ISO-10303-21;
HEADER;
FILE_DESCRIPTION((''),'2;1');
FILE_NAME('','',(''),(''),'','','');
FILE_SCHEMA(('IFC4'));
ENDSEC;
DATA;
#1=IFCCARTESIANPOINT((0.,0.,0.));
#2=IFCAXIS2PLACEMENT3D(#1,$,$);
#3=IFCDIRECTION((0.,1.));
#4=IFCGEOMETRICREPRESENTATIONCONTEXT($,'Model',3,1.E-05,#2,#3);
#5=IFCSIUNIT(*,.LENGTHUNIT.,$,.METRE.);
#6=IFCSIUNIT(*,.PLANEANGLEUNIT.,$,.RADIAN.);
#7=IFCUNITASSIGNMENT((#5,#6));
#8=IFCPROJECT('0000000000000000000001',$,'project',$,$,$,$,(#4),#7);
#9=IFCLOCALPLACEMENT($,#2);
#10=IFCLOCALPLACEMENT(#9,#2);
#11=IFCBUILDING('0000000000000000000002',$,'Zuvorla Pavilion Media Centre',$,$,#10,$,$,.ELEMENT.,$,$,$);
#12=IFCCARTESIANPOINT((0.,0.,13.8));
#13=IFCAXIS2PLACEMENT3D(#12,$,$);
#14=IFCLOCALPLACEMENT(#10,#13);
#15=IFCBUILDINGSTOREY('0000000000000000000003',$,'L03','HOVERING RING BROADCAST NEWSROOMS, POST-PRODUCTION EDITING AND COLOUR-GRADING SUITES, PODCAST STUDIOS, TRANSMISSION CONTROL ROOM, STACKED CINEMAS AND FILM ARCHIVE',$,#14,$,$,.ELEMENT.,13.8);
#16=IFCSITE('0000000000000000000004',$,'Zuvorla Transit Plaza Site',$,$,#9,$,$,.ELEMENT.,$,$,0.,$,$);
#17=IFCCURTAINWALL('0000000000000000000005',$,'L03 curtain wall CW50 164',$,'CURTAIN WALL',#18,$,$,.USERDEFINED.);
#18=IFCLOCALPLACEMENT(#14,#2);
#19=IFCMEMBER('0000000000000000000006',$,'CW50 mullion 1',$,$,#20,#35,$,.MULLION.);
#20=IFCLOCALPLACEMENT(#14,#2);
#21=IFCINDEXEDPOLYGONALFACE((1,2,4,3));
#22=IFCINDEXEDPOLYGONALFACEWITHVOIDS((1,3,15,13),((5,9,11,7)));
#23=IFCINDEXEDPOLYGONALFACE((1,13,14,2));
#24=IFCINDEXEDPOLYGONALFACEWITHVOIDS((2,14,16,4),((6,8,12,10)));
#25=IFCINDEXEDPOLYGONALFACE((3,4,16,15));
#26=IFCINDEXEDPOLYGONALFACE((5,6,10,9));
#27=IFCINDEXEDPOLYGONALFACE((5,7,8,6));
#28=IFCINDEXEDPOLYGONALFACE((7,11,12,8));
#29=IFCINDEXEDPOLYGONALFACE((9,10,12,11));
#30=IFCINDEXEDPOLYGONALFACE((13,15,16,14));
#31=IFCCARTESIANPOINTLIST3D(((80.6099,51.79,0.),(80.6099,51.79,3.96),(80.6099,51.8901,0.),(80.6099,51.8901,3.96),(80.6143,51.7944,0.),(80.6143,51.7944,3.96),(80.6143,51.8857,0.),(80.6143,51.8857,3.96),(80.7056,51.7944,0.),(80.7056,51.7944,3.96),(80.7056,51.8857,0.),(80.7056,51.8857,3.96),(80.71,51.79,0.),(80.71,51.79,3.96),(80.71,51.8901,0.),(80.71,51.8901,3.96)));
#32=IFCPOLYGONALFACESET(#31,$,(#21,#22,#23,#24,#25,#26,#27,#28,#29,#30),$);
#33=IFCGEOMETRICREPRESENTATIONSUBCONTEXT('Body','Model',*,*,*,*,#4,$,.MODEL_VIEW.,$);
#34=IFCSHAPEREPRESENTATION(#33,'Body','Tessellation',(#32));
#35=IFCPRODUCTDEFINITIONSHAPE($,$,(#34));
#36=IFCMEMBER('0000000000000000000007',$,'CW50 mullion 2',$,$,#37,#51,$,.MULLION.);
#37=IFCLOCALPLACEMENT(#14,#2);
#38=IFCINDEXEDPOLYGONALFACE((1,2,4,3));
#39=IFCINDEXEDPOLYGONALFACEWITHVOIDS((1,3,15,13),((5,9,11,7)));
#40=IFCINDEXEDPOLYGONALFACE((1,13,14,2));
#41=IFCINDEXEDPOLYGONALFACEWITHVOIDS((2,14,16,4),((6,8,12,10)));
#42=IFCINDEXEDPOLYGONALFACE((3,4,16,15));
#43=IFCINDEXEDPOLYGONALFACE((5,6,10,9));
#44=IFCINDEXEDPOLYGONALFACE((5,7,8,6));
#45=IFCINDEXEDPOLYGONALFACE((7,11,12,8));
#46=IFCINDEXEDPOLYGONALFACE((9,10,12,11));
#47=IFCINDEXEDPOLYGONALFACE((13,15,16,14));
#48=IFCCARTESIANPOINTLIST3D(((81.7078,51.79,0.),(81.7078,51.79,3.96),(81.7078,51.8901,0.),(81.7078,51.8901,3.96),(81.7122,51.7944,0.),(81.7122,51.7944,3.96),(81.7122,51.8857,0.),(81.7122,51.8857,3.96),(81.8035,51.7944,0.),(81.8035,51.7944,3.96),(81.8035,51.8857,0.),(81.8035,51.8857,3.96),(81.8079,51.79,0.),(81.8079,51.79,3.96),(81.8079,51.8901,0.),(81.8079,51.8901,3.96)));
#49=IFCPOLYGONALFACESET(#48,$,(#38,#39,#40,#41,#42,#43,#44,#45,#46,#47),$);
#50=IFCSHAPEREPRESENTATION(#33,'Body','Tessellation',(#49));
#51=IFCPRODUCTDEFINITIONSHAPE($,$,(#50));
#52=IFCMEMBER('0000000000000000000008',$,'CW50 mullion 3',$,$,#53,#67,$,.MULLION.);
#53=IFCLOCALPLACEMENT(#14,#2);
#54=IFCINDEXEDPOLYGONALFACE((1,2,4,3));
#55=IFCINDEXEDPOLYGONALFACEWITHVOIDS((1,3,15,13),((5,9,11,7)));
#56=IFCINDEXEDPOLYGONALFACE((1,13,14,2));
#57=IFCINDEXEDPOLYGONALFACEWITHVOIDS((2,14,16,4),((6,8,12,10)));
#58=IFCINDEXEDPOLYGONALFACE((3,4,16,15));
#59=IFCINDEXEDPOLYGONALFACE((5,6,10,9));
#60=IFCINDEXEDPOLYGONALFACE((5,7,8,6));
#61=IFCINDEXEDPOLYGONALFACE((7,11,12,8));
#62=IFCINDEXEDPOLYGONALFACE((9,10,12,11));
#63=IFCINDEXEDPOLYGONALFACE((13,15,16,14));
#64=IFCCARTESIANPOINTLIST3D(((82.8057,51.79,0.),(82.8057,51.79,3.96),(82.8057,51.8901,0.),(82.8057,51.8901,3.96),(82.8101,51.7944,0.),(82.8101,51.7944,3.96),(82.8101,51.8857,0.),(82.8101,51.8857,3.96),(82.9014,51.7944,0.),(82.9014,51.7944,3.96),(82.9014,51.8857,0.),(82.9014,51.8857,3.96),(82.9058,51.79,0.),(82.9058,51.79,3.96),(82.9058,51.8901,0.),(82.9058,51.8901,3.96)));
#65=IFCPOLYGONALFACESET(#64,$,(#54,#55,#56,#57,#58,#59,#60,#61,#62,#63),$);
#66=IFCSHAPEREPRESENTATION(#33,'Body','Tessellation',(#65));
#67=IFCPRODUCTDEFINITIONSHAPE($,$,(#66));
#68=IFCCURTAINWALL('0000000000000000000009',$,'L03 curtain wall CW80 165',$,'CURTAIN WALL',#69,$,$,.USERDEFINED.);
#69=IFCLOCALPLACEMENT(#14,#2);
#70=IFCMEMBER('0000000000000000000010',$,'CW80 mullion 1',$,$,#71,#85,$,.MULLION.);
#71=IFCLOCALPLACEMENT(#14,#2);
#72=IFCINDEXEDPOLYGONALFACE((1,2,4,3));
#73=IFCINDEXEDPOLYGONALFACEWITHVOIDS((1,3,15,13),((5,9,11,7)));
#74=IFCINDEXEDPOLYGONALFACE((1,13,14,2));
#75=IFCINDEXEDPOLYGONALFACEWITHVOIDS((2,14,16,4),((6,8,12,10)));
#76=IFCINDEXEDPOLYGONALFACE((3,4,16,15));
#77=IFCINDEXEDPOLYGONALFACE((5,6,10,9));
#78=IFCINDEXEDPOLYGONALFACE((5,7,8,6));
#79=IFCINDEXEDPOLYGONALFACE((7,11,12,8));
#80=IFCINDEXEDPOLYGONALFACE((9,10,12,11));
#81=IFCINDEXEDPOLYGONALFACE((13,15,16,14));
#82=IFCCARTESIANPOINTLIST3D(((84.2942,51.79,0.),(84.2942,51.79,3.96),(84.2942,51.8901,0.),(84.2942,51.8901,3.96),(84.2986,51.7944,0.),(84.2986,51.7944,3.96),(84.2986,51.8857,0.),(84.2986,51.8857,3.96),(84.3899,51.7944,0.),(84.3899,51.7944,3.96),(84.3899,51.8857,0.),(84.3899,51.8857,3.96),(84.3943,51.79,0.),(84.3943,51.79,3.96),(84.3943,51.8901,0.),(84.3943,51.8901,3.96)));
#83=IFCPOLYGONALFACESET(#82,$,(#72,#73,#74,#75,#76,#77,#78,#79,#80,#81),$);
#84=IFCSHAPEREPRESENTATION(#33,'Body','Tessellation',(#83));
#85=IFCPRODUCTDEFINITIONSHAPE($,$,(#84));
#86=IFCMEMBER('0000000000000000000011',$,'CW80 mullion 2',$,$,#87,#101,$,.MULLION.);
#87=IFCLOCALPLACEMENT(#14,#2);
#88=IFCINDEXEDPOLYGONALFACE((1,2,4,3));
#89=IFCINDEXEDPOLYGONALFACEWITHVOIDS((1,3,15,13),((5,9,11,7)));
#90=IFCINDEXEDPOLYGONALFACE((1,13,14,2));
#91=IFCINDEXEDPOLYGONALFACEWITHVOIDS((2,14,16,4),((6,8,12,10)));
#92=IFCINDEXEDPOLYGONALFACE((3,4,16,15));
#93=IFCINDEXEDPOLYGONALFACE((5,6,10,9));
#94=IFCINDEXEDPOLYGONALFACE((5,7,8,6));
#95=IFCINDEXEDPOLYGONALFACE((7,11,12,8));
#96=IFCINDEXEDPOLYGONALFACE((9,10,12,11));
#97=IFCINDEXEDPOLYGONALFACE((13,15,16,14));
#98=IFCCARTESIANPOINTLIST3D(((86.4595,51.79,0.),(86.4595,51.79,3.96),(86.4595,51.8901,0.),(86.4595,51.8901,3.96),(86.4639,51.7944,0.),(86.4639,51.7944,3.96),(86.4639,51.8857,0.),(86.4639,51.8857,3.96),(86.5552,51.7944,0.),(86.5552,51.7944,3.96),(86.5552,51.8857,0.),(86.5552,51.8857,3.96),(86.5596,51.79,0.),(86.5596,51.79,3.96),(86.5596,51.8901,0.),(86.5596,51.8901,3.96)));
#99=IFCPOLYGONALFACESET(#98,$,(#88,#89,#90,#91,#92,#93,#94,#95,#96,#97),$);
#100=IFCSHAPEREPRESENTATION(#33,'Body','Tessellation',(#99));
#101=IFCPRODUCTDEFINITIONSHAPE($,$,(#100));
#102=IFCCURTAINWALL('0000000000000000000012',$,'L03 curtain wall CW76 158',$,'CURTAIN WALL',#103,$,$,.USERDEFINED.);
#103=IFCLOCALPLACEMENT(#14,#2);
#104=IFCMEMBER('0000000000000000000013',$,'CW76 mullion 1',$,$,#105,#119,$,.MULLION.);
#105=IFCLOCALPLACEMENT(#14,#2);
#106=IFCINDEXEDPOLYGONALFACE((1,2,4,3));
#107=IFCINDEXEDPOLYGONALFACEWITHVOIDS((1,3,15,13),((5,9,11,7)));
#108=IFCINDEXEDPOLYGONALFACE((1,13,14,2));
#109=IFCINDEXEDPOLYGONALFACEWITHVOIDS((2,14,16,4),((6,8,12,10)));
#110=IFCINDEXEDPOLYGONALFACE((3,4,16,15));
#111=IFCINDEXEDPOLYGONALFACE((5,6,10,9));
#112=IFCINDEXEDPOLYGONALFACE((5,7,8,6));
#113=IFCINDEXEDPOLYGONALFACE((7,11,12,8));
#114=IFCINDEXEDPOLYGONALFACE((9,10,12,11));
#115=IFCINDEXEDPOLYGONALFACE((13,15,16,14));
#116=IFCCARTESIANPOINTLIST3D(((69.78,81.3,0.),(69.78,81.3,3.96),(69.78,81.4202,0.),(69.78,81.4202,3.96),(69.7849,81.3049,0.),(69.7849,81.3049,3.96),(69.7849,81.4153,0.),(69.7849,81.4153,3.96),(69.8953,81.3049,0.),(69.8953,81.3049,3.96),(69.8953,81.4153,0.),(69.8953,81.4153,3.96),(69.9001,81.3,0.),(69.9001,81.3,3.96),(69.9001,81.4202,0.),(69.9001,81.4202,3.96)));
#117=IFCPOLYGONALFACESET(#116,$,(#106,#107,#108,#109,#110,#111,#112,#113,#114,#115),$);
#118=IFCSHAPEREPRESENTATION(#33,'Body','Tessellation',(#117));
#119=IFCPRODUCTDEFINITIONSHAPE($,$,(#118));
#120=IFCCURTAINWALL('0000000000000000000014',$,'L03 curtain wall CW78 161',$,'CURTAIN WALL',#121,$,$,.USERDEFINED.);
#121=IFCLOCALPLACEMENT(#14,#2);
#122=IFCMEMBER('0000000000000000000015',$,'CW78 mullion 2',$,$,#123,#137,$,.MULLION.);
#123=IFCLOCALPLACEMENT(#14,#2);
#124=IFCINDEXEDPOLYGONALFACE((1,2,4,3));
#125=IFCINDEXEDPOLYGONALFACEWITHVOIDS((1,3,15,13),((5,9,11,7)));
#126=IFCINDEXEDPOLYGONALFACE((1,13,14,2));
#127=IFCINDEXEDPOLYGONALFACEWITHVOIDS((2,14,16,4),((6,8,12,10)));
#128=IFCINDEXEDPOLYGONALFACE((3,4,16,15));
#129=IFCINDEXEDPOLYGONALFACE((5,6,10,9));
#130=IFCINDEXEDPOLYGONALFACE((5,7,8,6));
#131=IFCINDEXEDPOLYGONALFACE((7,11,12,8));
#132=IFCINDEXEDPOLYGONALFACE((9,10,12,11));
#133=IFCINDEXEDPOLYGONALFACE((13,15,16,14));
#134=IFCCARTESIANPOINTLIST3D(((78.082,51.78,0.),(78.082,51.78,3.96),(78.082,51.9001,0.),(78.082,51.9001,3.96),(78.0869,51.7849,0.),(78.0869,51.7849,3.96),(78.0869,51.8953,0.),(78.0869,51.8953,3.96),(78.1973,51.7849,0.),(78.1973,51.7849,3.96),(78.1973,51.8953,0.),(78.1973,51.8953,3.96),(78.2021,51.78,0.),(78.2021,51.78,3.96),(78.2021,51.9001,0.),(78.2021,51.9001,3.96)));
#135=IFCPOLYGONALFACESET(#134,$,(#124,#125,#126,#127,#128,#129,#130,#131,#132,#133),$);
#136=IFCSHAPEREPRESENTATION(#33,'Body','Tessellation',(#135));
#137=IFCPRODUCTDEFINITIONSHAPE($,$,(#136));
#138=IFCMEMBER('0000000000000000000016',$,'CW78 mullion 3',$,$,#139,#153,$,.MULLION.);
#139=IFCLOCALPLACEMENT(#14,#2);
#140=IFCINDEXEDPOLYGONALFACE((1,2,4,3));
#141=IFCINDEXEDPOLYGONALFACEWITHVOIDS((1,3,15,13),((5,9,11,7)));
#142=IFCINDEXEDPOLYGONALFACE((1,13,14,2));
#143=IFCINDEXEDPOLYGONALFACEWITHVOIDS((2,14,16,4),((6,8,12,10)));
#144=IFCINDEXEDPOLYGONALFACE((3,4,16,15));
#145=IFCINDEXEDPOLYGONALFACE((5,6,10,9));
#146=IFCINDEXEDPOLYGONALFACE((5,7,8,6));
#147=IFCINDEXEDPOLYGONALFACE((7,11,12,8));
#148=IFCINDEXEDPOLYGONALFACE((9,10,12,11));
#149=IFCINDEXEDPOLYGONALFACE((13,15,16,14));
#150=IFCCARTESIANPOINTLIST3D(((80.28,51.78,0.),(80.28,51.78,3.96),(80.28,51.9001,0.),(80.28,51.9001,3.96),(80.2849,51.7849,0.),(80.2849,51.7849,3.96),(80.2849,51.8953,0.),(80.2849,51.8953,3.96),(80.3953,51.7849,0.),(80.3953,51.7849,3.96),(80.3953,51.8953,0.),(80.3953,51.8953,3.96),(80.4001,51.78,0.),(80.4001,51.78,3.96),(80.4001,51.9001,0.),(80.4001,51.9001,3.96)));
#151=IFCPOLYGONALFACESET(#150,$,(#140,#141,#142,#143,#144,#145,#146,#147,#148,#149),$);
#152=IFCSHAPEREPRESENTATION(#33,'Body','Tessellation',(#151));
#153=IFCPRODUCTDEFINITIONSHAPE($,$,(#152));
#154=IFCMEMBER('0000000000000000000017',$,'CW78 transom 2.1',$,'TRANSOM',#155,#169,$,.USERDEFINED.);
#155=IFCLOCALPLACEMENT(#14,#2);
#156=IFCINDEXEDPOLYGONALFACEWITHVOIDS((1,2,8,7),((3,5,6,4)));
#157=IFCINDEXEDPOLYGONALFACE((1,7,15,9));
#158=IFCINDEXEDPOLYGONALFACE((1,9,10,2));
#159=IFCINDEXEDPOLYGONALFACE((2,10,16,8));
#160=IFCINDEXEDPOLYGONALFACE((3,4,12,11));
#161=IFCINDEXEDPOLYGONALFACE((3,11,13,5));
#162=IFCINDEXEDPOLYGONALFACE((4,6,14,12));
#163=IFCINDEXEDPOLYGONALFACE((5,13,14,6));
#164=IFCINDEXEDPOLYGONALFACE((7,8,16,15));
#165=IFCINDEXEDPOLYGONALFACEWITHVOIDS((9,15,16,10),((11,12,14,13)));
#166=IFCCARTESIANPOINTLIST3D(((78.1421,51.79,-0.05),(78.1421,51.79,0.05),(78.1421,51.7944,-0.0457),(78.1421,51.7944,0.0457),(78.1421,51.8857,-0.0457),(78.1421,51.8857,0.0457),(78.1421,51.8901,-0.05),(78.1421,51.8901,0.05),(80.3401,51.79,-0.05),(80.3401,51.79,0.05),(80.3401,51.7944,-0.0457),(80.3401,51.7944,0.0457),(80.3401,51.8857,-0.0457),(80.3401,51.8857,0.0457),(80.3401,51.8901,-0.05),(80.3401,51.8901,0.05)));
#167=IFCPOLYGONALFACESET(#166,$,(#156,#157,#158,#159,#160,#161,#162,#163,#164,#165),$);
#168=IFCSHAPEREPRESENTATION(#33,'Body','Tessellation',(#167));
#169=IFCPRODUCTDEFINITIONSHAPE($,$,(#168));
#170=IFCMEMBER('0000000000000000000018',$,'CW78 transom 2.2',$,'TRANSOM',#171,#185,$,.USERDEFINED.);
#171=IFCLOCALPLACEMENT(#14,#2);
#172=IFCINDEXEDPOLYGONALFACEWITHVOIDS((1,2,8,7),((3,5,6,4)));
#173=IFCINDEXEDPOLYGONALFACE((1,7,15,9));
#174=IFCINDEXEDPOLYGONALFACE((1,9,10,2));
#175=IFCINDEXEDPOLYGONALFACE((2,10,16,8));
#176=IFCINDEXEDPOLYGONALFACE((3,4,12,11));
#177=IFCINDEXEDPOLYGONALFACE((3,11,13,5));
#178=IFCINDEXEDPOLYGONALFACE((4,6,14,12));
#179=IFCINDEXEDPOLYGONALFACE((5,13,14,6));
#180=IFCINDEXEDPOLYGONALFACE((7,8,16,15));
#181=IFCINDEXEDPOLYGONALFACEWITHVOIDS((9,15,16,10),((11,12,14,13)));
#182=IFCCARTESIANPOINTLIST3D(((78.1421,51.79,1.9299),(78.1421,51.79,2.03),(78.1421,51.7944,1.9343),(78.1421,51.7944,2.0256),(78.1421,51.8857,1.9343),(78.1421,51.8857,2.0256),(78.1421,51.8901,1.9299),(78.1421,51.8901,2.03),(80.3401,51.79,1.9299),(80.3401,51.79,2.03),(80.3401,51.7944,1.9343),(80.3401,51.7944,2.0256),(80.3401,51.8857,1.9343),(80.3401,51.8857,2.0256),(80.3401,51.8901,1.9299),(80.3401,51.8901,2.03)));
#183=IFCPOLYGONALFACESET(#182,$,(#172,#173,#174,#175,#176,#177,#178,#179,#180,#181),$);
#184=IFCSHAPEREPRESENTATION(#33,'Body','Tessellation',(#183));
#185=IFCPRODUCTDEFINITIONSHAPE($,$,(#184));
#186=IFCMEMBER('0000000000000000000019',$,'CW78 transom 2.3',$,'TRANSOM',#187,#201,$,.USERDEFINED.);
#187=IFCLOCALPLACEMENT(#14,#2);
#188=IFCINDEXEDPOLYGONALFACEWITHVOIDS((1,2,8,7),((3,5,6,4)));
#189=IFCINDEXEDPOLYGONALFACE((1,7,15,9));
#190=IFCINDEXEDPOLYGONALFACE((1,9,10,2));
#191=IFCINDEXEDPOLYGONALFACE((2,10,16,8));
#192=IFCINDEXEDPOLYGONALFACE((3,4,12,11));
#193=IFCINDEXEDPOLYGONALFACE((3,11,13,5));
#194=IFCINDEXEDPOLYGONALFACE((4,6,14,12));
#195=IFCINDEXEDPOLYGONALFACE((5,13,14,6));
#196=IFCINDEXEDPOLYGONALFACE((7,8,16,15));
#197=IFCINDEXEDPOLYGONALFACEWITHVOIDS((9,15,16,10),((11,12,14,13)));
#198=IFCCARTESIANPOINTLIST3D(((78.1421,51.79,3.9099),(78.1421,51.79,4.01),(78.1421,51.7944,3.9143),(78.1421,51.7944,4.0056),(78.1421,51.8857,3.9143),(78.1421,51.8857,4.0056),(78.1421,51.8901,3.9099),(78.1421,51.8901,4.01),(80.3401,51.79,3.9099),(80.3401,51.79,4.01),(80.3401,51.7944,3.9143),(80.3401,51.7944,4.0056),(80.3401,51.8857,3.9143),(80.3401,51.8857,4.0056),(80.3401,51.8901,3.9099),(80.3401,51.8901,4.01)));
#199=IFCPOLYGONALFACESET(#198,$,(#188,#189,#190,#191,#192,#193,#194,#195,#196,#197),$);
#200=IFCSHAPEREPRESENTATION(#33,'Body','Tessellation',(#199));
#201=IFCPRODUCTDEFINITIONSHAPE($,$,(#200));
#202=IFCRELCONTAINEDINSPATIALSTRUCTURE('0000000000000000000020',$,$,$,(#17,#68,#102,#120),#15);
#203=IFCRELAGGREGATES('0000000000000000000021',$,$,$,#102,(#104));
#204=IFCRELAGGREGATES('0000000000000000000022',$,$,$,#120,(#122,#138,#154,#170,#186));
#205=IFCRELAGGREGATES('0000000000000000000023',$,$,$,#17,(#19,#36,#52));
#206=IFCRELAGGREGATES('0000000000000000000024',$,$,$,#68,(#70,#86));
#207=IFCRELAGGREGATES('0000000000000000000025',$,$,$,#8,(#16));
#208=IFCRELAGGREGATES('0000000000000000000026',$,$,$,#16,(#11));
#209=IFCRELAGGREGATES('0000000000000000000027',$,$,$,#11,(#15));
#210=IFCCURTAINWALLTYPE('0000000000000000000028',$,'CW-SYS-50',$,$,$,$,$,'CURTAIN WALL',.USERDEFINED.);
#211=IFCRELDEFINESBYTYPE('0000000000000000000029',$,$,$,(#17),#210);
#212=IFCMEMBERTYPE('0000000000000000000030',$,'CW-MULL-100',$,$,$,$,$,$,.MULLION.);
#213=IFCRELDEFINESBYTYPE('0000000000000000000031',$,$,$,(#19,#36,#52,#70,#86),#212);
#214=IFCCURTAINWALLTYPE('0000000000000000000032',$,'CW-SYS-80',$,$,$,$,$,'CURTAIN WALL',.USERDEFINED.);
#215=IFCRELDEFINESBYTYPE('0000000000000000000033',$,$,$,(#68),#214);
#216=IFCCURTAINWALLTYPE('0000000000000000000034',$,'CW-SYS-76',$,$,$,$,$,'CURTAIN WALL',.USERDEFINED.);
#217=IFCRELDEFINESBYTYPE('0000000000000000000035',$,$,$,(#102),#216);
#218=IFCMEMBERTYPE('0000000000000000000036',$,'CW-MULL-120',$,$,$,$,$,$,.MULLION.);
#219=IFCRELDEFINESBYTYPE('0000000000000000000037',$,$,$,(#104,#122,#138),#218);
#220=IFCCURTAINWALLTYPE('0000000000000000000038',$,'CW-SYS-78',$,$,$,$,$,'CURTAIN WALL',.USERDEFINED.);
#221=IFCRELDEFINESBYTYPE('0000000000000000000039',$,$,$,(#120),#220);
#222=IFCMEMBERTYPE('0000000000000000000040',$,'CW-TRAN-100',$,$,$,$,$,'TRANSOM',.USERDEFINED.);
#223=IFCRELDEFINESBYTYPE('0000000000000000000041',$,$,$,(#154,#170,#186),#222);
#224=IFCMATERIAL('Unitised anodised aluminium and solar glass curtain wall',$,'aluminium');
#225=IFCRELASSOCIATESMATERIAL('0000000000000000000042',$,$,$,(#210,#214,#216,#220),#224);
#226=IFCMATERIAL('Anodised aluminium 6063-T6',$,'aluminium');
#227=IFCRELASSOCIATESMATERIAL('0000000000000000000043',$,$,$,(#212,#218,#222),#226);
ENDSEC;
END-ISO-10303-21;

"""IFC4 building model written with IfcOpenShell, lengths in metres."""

from ifc_helpers import new_model, si_unit, direction, frame, origin, origin_2d, place, context, subcontext, project, spatial, hollow_rectangle, extrude, material, material_profile, profile_set, type_object, element, aggregate, save


model = new_model("IFC4")

# Units and contexts
model_context = context("Model", 3, precision=1e-05, world=origin(), true_north=direction((0.0, 1.0)))
body_context = subcontext(model_context, "Body", "Model", "MODEL_VIEW")
ifc_project = project(units=[si_unit("LENGTHUNIT", "METRE"), si_unit("PLANEANGLEUNIT", "RADIAN")], contexts=[model_context])

# Site, building, storey
site_placement = place(None, origin())
site = spatial("IfcSite", under=ifc_project, at=site_placement, Name="Zuvorla Transit Plaza Site", CompositionType="ELEMENT", RefElevation=0.0)
building_placement = place(site_placement, origin())
building = spatial("IfcBuilding", under=site, at=building_placement, Name="Zuvorla Pavilion Media Centre", CompositionType="ELEMENT")
storey_placement = place(building_placement, frame((0.0, 0.0, 13.8)))
storey = spatial("IfcBuildingStorey", under=building, at=storey_placement, Name="L03", Description="HOVERING RING BROADCAST NEWSROOMS, POST-PRODUCTION EDITING AND COLOUR-GRADING SUITES, PODCAST STUDIOS, TRANSMISSION CONTROL ROOM, STACKED CINEMAS AND FILM ARCHIVE", CompositionType="ELEMENT", Elevation=13.8)

# Curtain walls, members
ifc_material_1 = material(Name="Unitised anodised aluminium and solar glass curtain wall", Category="aluminium")
curtain_wall_type_1 = type_object("IfcCurtainWallType", Name="CW-SYS-50", ElementType="CURTAIN WALL", PredefinedType="USERDEFINED", material=ifc_material_1)
curtain_wall_1_placement = place(storey_placement, origin())
curtain_wall_1 = element("IfcCurtainWall", 1, at=curtain_wall_1_placement, inside=storey, type_object=curtain_wall_type_1, Name="L03 curtain wall CW50 164", ObjectType="CURTAIN WALL", PredefinedType="USERDEFINED")
ifc_material_2 = material(Name="Anodised aluminium 6063-T6", Category="aluminium")
ifc_material_profile_1 = material_profile(ifc_material_2, hollow_rectangle(XDim=0.1001, YDim=0.1001, WallThickness=0.0044, at=origin_2d()), Name="ALU MULL 100x100")
ifc_profile_set_1 = profile_set([ifc_material_profile_1], Name="Anodised aluminium 6063-T6")
member_type_1 = type_object("IfcMemberType", Name="CW-MULL-100", PredefinedType="MULLION", material=ifc_profile_set_1)
member_1_placement = place(storey_placement, frame((80.6599, 51.8401, 0.0), z_axis=(0.0, 0.0, 1.0), x_axis=(1.0, 0.0, 0.0)))
member_1 = element("IfcMember", 2, at=member_1_placement, type_object=member_type_1, Name="CW50 mullion 1", PredefinedType="MULLION", context=body_context, shape_type="SweptSolid", body=[
    extrude(hollow_rectangle(XDim=0.1001, YDim=0.1001, WallThickness=0.0044, at=origin_2d()), origin(), (0.0, 0.0, 1.0), 3.96),
])
member_2_placement = place(storey_placement, frame((81.7578, 51.8401, 0.0), z_axis=(0.0, 0.0, 1.0), x_axis=(1.0, 0.0, 0.0)))
member_2 = element("IfcMember", 3, at=member_2_placement, type_object=member_type_1, Name="CW50 mullion 2", PredefinedType="MULLION", context=body_context, shape_type="SweptSolid", body=[
    extrude(hollow_rectangle(XDim=0.1001, YDim=0.1001, WallThickness=0.0044, at=origin_2d()), origin(), (0.0, 0.0, 1.0), 3.96),
])
member_3_placement = place(storey_placement, frame((82.8557, 51.8401, 0.0), z_axis=(0.0, 0.0, 1.0), x_axis=(1.0, 0.0, 0.0)))
member_3 = element("IfcMember", 4, at=member_3_placement, type_object=member_type_1, Name="CW50 mullion 3", PredefinedType="MULLION", context=body_context, shape_type="SweptSolid", body=[
    extrude(hollow_rectangle(XDim=0.1001, YDim=0.1001, WallThickness=0.0044, at=origin_2d()), origin(), (0.0, 0.0, 1.0), 3.96),
])
curtain_wall_type_2 = type_object("IfcCurtainWallType", Name="CW-SYS-80", ElementType="CURTAIN WALL", PredefinedType="USERDEFINED", material=ifc_material_1)
curtain_wall_2_placement = place(storey_placement, origin())
curtain_wall_2 = element("IfcCurtainWall", 5, at=curtain_wall_2_placement, inside=storey, type_object=curtain_wall_type_2, Name="L03 curtain wall CW80 165", ObjectType="CURTAIN WALL", PredefinedType="USERDEFINED")
member_4_placement = place(storey_placement, frame((84.3442, 51.8401, 0.0), z_axis=(0.0, 0.0, 1.0), x_axis=(1.0, 0.0, 0.0)))
member_4 = element("IfcMember", 6, at=member_4_placement, type_object=member_type_1, Name="CW80 mullion 1", PredefinedType="MULLION", context=body_context, shape_type="SweptSolid", body=[
    extrude(hollow_rectangle(XDim=0.1001, YDim=0.1001, WallThickness=0.0044, at=origin_2d()), origin(), (0.0, 0.0, 1.0), 3.96),
])
member_5_placement = place(storey_placement, frame((86.5095, 51.8401, 0.0), z_axis=(0.0, 0.0, 1.0), x_axis=(1.0, 0.0, 0.0)))
member_5 = element("IfcMember", 7, at=member_5_placement, type_object=member_type_1, Name="CW80 mullion 2", PredefinedType="MULLION", context=body_context, shape_type="SweptSolid", body=[
    extrude(hollow_rectangle(XDim=0.1001, YDim=0.1001, WallThickness=0.0044, at=origin_2d()), origin(), (0.0, 0.0, 1.0), 3.96),
])

# Curtain wall, member
curtain_wall_type_3 = type_object("IfcCurtainWallType", Name="CW-SYS-76", ElementType="CURTAIN WALL", PredefinedType="USERDEFINED", material=ifc_material_1)
curtain_wall_3_placement = place(storey_placement, origin())
curtain_wall_3 = element("IfcCurtainWall", 8, at=curtain_wall_3_placement, inside=storey, type_object=curtain_wall_type_3, Name="L03 curtain wall CW76 158", ObjectType="CURTAIN WALL", PredefinedType="USERDEFINED")
ifc_material_profile_2 = material_profile(ifc_material_2, hollow_rectangle(XDim=0.1201, YDim=0.1201, WallThickness=0.0049, at=origin_2d()), Name="ALU MULL 120x120")
ifc_profile_set_2 = profile_set([ifc_material_profile_2], Name="Anodised aluminium 6063-T6")
member_type_2 = type_object("IfcMemberType", Name="CW-MULL-120", PredefinedType="MULLION", material=ifc_profile_set_2)
member_6_placement = place(storey_placement, frame((69.8401, 81.3601, 0.0), z_axis=(0.0, 0.0, 1.0), x_axis=(1.0, 0.0, 0.0)))
member_6 = element("IfcMember", 9, at=member_6_placement, type_object=member_type_2, Name="CW76 mullion 1", PredefinedType="MULLION", context=body_context, shape_type="SweptSolid", body=[
    extrude(hollow_rectangle(XDim=0.1201, YDim=0.1201, WallThickness=0.0049, at=origin_2d()), origin(), (0.0, 0.0, 1.0), 3.96),
])

# Curtain wall, members
curtain_wall_type_4 = type_object("IfcCurtainWallType", Name="CW-SYS-78", ElementType="CURTAIN WALL", PredefinedType="USERDEFINED", material=ifc_material_1)
curtain_wall_4_placement = place(storey_placement, origin())
curtain_wall_4 = element("IfcCurtainWall", 10, at=curtain_wall_4_placement, inside=storey, type_object=curtain_wall_type_4, Name="L03 curtain wall CW78 161", ObjectType="CURTAIN WALL", PredefinedType="USERDEFINED")
member_7_placement = place(storey_placement, frame((78.1421, 51.8401, 0.0), z_axis=(0.0, 0.0, 1.0), x_axis=(1.0, 0.0, 0.0)))
member_7 = element("IfcMember", 11, at=member_7_placement, type_object=member_type_2, Name="CW78 mullion 2", PredefinedType="MULLION", context=body_context, shape_type="SweptSolid", body=[
    extrude(hollow_rectangle(XDim=0.1201, YDim=0.1201, WallThickness=0.0049, at=origin_2d()), origin(), (0.0, 0.0, 1.0), 3.96),
])
member_8_placement = place(storey_placement, frame((80.3401, 51.8401, 0.0), z_axis=(0.0, 0.0, 1.0), x_axis=(1.0, 0.0, 0.0)))
member_8 = element("IfcMember", 12, at=member_8_placement, type_object=member_type_2, Name="CW78 mullion 3", PredefinedType="MULLION", context=body_context, shape_type="SweptSolid", body=[
    extrude(hollow_rectangle(XDim=0.1201, YDim=0.1201, WallThickness=0.0049, at=origin_2d()), origin(), (0.0, 0.0, 1.0), 3.96),
])
ifc_material_profile_3 = material_profile(ifc_material_2, hollow_rectangle(XDim=0.1001, YDim=0.1001, WallThickness=0.0044, at=origin_2d()), Name="ALU TRAN 100x100")
ifc_profile_set_3 = profile_set([ifc_material_profile_3], Name="Anodised aluminium 6063-T6")
member_type_3 = type_object("IfcMemberType", Name="CW-TRAN-100", ElementType="TRANSOM", PredefinedType="USERDEFINED", material=ifc_profile_set_3)
member_9_placement = place(storey_placement, frame((78.1421, 51.8401, 0.0), z_axis=(1.0, 0.0, 0.0), x_axis=(0.0, 1.0, 0.0)))
member_9 = element("IfcMember", 13, at=member_9_placement, type_object=member_type_3, Name="CW78 transom 2.1", ObjectType="TRANSOM", PredefinedType="USERDEFINED", context=body_context, shape_type="SweptSolid", body=[
    extrude(hollow_rectangle(XDim=0.1001, YDim=0.1001, WallThickness=0.0044, at=origin_2d()), origin(), (0.0, 0.0, 1.0), 2.198),
])
member_10_placement = place(storey_placement, frame((78.1421, 51.8401, 1.98), z_axis=(1.0, 0.0, 0.0), x_axis=(0.0, 1.0, 0.0)))
member_10 = element("IfcMember", 14, at=member_10_placement, type_object=member_type_3, Name="CW78 transom 2.2", ObjectType="TRANSOM", PredefinedType="USERDEFINED", context=body_context, shape_type="SweptSolid", body=[
    extrude(hollow_rectangle(XDim=0.1001, YDim=0.1001, WallThickness=0.0044, at=origin_2d()), origin(), (0.0, 0.0, 1.0), 2.198),
])
member_11_placement = place(storey_placement, frame((78.1421, 51.8401, 3.96), z_axis=(1.0, 0.0, 0.0), x_axis=(0.0, 1.0, 0.0)))
member_11 = element("IfcMember", 15, at=member_11_placement, type_object=member_type_3, Name="CW78 transom 2.3", ObjectType="TRANSOM", PredefinedType="USERDEFINED", context=body_context, shape_type="SweptSolid", body=[
    extrude(hollow_rectangle(XDim=0.1001, YDim=0.1001, WallThickness=0.0044, at=origin_2d()), origin(), (0.0, 0.0, 1.0), 2.198),
])

aggregate(curtain_wall_3, [member_6])
aggregate(curtain_wall_4, [member_7, member_8, member_9, member_10, member_11])
aggregate(curtain_wall_1, [member_1, member_2, member_3])
aggregate(curtain_wall_2, [member_4, member_5])

save(model, "model.ifc")
